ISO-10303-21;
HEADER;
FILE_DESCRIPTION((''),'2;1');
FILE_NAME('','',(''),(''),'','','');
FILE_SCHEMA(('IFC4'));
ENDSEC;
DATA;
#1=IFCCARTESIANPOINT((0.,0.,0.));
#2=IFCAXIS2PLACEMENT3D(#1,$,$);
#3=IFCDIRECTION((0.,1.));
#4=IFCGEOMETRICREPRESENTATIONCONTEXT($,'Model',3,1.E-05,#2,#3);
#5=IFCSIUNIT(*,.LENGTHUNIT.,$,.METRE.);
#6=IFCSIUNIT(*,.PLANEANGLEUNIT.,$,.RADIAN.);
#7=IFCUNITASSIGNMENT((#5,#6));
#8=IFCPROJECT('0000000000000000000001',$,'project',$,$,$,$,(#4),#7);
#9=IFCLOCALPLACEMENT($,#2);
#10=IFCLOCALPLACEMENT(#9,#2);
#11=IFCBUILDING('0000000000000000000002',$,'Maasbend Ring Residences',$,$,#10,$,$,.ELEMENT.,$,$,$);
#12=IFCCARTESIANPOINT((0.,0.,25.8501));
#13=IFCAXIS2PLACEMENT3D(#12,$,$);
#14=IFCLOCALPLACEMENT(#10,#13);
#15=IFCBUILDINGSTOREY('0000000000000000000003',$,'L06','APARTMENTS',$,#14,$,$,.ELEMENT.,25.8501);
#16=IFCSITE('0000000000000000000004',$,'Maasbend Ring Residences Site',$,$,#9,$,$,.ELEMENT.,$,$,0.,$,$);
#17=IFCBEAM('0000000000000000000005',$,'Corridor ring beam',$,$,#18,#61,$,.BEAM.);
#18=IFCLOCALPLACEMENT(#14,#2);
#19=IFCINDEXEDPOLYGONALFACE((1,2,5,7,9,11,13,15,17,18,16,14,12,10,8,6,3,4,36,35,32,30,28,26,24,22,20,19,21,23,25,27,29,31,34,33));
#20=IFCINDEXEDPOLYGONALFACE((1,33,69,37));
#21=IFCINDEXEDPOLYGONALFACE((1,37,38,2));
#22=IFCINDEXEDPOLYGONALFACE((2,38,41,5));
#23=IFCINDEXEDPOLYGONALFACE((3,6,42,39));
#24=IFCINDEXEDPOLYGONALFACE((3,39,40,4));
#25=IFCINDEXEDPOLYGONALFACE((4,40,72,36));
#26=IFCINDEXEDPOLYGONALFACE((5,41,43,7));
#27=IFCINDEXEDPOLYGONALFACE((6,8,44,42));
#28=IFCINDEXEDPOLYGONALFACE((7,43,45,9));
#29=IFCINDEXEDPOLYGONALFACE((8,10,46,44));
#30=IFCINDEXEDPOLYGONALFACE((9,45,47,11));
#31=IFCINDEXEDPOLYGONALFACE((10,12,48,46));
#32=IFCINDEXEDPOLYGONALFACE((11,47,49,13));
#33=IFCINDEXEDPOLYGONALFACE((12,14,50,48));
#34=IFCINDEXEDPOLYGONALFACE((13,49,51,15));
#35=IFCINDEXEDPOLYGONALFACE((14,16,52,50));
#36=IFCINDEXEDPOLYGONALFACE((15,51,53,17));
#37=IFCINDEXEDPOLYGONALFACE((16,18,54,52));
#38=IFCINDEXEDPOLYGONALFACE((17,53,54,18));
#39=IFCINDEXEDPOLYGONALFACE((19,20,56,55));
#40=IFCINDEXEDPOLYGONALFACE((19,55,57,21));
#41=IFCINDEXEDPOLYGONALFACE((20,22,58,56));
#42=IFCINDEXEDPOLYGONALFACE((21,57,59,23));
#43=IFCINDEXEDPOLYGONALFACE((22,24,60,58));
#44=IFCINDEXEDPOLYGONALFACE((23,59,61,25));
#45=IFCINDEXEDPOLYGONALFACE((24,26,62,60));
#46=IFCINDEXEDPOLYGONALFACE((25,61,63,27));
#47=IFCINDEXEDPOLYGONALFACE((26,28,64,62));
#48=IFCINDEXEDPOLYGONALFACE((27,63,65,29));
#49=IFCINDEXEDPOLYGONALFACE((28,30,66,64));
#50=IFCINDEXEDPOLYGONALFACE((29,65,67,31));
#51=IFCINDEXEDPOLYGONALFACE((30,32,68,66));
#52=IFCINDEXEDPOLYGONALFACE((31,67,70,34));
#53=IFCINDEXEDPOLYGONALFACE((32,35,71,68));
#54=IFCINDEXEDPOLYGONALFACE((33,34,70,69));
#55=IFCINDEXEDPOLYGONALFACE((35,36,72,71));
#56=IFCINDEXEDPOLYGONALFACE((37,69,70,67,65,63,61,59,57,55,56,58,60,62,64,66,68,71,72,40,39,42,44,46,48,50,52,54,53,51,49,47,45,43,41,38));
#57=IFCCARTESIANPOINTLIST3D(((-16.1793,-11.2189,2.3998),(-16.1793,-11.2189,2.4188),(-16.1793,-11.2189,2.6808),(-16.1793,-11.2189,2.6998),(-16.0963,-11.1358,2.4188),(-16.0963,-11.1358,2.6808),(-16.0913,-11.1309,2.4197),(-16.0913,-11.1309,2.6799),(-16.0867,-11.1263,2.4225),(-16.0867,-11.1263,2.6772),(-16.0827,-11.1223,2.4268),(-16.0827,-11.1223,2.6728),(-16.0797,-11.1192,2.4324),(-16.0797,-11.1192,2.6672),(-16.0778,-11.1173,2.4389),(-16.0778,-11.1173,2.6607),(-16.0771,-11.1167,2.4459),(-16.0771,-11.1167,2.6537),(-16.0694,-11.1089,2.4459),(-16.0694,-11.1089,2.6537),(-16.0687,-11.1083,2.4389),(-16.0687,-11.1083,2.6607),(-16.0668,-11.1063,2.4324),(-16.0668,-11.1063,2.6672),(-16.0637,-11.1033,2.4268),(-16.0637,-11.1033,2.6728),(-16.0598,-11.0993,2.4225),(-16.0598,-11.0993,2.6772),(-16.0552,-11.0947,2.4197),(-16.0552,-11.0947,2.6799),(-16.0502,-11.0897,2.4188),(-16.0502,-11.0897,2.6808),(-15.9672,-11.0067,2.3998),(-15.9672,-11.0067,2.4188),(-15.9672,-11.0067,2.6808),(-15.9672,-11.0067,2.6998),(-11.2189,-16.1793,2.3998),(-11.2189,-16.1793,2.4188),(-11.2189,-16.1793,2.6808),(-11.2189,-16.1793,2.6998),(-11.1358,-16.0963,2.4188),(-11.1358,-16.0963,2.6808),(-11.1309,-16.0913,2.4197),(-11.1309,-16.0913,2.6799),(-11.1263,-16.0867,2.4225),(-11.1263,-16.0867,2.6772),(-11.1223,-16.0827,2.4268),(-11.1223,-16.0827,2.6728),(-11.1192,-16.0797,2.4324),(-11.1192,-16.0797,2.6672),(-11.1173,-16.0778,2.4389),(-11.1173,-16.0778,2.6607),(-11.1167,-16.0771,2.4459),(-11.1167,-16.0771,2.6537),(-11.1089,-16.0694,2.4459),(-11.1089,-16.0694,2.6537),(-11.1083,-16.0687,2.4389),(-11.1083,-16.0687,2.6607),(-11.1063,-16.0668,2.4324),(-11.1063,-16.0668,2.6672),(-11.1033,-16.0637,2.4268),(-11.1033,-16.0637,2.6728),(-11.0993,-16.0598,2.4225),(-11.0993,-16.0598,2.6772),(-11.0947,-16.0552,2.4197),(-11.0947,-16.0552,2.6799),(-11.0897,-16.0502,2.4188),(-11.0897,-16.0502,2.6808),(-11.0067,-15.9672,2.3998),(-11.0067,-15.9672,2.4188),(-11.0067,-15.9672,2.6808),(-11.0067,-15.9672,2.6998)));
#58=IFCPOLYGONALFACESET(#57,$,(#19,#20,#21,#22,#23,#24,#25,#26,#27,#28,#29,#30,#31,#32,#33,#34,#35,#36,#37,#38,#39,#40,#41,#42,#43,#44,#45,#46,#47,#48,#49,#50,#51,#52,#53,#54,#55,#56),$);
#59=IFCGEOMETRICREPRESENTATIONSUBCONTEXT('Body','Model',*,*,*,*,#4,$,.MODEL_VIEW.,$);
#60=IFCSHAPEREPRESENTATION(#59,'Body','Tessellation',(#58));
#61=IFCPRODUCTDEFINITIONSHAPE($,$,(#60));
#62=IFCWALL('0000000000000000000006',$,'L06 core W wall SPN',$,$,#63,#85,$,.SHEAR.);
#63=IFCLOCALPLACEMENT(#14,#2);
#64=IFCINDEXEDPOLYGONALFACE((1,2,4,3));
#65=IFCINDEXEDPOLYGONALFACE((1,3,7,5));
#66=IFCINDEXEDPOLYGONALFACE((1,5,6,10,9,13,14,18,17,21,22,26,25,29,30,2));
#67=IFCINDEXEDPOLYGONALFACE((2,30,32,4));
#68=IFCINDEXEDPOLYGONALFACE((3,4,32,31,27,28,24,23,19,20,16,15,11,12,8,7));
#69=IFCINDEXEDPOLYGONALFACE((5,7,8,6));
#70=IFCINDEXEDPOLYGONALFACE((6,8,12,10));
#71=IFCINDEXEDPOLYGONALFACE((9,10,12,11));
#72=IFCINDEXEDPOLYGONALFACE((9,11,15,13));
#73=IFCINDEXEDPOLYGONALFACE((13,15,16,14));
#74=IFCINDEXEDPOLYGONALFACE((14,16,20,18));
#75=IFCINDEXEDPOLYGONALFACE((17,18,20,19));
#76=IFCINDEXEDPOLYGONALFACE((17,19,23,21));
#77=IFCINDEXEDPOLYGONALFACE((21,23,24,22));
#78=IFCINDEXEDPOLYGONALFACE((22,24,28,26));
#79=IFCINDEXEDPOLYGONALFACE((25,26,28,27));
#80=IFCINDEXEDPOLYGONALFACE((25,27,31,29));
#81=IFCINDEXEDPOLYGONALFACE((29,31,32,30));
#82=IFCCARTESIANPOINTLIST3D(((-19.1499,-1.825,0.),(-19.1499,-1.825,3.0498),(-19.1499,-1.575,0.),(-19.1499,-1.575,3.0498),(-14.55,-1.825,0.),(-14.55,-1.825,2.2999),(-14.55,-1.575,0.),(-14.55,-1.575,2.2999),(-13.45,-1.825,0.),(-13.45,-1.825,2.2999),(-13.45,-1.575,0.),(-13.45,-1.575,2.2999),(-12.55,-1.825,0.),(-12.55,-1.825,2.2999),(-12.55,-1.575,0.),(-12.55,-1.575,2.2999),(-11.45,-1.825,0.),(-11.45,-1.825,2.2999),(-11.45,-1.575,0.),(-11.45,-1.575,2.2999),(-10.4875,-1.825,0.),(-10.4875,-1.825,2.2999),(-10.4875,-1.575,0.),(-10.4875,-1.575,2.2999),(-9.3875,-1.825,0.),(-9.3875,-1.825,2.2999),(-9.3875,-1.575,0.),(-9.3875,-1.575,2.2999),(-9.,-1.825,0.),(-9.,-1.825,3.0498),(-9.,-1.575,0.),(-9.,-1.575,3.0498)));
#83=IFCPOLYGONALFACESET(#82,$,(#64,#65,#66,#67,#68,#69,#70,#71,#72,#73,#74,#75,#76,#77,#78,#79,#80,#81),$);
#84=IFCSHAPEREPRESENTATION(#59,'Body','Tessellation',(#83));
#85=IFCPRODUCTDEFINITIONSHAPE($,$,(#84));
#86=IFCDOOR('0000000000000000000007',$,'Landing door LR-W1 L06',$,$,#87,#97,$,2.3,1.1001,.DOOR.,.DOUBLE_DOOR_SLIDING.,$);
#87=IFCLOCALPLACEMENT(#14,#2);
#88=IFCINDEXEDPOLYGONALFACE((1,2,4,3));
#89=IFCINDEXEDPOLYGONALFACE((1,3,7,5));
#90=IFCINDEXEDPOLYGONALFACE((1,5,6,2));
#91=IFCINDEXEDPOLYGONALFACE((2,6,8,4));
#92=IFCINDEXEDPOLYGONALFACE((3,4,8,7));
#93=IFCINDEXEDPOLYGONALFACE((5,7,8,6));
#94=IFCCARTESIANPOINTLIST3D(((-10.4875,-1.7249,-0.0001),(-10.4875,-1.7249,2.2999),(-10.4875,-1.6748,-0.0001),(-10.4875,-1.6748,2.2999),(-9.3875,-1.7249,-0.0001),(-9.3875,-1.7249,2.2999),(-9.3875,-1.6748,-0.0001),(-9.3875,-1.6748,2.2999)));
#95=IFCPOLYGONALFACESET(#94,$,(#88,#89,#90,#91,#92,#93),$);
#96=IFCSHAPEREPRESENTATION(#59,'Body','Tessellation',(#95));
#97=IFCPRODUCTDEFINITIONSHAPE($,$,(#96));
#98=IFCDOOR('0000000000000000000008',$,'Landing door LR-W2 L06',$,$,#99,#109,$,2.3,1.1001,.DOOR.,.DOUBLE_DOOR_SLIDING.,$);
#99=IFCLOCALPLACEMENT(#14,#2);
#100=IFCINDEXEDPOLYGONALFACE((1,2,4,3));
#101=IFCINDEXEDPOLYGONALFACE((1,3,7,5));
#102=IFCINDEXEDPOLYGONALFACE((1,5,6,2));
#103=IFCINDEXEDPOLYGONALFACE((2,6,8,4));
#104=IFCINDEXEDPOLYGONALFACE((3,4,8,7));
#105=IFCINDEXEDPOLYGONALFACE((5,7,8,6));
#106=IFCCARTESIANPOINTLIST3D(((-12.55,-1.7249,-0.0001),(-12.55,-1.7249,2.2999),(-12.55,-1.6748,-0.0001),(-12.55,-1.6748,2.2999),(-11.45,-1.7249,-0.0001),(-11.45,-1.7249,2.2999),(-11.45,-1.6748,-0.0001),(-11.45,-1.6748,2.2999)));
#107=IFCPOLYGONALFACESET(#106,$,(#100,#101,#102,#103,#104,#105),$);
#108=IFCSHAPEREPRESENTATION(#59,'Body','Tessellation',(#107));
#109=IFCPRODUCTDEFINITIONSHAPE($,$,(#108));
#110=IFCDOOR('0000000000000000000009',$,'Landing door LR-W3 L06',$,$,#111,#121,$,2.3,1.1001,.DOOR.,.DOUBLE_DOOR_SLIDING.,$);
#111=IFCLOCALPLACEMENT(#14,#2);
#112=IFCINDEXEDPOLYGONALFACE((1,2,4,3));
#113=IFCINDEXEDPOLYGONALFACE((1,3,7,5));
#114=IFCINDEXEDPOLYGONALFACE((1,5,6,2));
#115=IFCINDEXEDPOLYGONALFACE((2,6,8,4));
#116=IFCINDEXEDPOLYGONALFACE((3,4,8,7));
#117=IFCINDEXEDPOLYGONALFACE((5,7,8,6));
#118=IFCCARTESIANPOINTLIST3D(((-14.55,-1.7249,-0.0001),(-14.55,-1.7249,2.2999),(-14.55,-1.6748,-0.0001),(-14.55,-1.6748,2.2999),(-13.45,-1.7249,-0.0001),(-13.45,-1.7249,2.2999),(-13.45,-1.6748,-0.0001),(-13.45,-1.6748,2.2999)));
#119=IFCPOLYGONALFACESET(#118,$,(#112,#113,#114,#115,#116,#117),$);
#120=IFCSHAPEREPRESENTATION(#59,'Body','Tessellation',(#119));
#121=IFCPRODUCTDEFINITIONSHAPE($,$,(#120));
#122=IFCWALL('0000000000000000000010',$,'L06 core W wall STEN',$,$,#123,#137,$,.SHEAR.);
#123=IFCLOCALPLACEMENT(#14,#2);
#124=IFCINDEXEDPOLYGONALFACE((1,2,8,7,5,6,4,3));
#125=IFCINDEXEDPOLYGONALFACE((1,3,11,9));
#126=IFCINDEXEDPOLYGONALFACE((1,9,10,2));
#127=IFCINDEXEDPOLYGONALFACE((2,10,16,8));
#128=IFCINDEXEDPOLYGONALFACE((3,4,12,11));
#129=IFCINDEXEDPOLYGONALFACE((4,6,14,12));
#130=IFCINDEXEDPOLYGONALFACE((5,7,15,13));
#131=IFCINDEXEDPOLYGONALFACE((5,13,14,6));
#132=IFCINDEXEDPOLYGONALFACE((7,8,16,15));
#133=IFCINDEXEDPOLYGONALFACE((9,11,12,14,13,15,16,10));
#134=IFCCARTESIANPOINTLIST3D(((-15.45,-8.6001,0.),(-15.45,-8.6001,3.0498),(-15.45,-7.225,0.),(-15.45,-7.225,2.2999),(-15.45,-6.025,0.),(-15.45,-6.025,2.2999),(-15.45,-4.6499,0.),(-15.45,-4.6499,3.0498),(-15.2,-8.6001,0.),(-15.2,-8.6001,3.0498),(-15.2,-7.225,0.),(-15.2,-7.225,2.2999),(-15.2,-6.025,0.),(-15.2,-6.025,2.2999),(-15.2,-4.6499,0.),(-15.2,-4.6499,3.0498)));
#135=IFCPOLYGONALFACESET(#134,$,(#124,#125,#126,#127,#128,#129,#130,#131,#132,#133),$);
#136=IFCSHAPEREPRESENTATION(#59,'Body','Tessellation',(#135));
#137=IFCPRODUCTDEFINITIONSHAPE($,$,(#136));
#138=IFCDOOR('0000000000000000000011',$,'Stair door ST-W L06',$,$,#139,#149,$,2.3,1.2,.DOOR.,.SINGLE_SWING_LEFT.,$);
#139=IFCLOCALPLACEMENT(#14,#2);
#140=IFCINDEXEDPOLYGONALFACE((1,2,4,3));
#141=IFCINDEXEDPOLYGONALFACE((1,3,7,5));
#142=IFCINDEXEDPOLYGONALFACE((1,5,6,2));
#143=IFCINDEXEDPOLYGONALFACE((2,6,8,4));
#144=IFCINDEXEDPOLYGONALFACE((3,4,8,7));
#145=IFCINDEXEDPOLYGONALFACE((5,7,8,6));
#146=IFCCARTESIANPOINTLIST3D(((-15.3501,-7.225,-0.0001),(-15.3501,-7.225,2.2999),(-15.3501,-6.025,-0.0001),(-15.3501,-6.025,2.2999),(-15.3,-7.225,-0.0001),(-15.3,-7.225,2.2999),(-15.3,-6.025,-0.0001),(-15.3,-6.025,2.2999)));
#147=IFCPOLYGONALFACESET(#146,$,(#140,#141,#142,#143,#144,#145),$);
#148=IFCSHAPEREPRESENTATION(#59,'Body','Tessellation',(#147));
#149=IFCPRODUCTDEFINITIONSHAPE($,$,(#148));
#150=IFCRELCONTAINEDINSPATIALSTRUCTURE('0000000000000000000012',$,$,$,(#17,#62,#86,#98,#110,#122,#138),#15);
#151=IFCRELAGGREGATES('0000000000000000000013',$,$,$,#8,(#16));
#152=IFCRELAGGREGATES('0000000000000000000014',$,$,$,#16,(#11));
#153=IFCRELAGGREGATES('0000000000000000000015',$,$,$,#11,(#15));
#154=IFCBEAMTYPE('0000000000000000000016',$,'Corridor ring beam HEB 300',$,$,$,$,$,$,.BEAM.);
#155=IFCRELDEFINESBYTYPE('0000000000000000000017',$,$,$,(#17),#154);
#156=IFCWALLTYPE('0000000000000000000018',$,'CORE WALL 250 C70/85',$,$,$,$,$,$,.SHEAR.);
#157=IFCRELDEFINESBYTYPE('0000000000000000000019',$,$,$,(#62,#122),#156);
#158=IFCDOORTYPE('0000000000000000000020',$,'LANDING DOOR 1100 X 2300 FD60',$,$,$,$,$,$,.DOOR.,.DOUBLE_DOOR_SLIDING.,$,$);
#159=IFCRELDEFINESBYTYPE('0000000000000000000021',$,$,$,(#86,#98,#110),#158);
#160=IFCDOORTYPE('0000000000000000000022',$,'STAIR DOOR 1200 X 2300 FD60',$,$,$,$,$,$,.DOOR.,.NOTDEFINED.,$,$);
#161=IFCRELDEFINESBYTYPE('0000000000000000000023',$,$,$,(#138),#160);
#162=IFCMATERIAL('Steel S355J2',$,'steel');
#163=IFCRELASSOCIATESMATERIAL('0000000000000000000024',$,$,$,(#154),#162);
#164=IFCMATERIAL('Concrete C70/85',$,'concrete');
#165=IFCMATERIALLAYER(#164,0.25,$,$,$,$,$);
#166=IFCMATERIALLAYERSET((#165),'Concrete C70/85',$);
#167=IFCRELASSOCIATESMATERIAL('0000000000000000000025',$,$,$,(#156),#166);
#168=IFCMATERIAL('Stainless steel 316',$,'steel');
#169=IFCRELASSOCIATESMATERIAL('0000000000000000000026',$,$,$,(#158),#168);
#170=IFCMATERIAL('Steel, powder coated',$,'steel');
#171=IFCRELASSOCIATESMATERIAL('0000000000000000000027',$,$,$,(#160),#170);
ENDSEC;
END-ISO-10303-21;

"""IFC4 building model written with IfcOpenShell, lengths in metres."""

from ifc_helpers import new_model, si_unit, direction, frame, frame_2d, origin, origin_2d, place, context, subcontext, project, spatial, rectangle, i_section, extrude, material, layer, layer_set, material_profile, profile_set, type_object, element, fill, save


model = new_model("IFC4")

# Units and contexts
model_context = context("Model", 3, precision=1e-05, world=origin(), true_north=direction((0.0, 1.0)))
body_context = subcontext(model_context, "Body", "Model", "MODEL_VIEW")
ifc_project = project(units=[si_unit("LENGTHUNIT", "METRE"), si_unit("PLANEANGLEUNIT", "RADIAN")], contexts=[model_context])

# Site, building, storey
site_placement = place(None, origin())
site = spatial("IfcSite", under=ifc_project, at=site_placement, Name="Maasbend Ring Residences Site", CompositionType="ELEMENT", RefElevation=0.0)
building_placement = place(site_placement, origin())
building = spatial("IfcBuilding", under=site, at=building_placement, Name="Maasbend Ring Residences", CompositionType="ELEMENT")
storey_placement = place(building_placement, frame((0.0, 0.0, 25.8501)))
storey = spatial("IfcBuildingStorey", under=building, at=storey_placement, Name="L06", Description="APARTMENTS", CompositionType="ELEMENT", Elevation=25.8501)

# Beam
ifc_material_1 = material(Name="Steel S355J2", Category="steel")
ifc_material_profile = material_profile(ifc_material_1, i_section(OverallWidth=0.3, OverallDepth=0.3, WebThickness=0.011, FlangeThickness=0.019, FilletRadius=0.0271, at=origin_2d()), Name="HEB 300")
ifc_profile_set = profile_set([ifc_material_profile], Name="Steel S355J2")
beam_type = type_object("IfcBeamType", Name="Corridor ring beam HEB 300", PredefinedType="BEAM", material=ifc_profile_set)
beam_placement = place(storey_placement, frame((-16.0732, -11.1128, 2.5498), z_axis=(0.707107, -0.707107, 0.0), x_axis=(0.707107, 0.707107, 0.0)))
element("IfcBeam", 1, at=beam_placement, inside=storey, type_object=beam_type, Name="Corridor ring beam", PredefinedType="BEAM", context=body_context, shape_type="SweptSolid", body=[
    extrude(i_section(OverallWidth=0.3, OverallDepth=0.3, WebThickness=0.011, FlangeThickness=0.019, FilletRadius=0.0271, at=origin_2d()), origin(), (0.0, 0.0, 1.0), 7.0151),
])

# Wall, openings, doors
ifc_material_2 = material(Name="Concrete C70/85", Category="concrete")
ifc_layer_1 = layer(ifc_material_2, 0.25)
ifc_layer_set_1 = layer_set([ifc_layer_1], Name="Concrete C70/85")
wall_type_1 = type_object("IfcWallType", Name="CORE WALL 250 C70/85", PredefinedType="SHEAR", material=ifc_layer_set_1)
wall_1_placement = place(storey_placement, frame((-9.0, -1.7, 0.0), z_axis=(0.0, 0.0, 1.0), x_axis=(-1.0, 0.0, 0.0)))
wall_1 = element("IfcWall", 2, at=wall_1_placement, inside=storey, type_object=wall_type_1, Name="L06 core W wall SPN", PredefinedType="SHEAR", context=body_context, shape_type="SweptSolid", body=[
    extrude(rectangle(XDim=10.1499, YDim=0.25, at=frame_2d((5.075, 0.0))), origin(), (0.0, 0.0, 1.0), 3.0498),
])
opening_1_placement = place(wall_1_placement, frame((0.3875, 0.0, 0.0)))
opening_1 = element("IfcOpeningElement", 3, at=opening_1_placement, cuts=wall_1, PredefinedType="OPENING", context=body_context, shape_type="SweptSolid", body=[
    extrude(rectangle(XDim=1.1001, YDim=2.3, at=frame_2d((0.55, 1.1499))), frame((0.0, 0.135, 0.0), z_axis=(0.0, -1.0, 0.0), x_axis=(1.0, 0.0, 0.0)), (0.0, 0.0, 1.0), 0.27),
])
opening_2_placement = place(wall_1_placement, frame((2.45, 0.0, 0.0)))
opening_2 = element("IfcOpeningElement", 4, at=opening_2_placement, cuts=wall_1, PredefinedType="OPENING", context=body_context, shape_type="SweptSolid", body=[
    extrude(rectangle(XDim=1.1001, YDim=2.3, at=frame_2d((0.55, 1.1499))), frame((0.0, 0.135, 0.0), z_axis=(0.0, -1.0, 0.0), x_axis=(1.0, 0.0, 0.0)), (0.0, 0.0, 1.0), 0.27),
])
opening_3_placement = place(wall_1_placement, frame((4.45, 0.0, 0.0)))
opening_3 = element("IfcOpeningElement", 5, at=opening_3_placement, cuts=wall_1, PredefinedType="OPENING", context=body_context, shape_type="SweptSolid", body=[
    extrude(rectangle(XDim=1.1001, YDim=2.3, at=frame_2d((0.55, 1.1499))), frame((0.0, 0.135, 0.0), z_axis=(0.0, -1.0, 0.0), x_axis=(1.0, 0.0, 0.0)), (0.0, 0.0, 1.0), 0.27),
])
ifc_material_3 = material(Name="Stainless steel 316", Category="steel")
door_type_1 = type_object("IfcDoorType", Name="LANDING DOOR 1100 X 2300 FD60", OperationType="DOUBLE_DOOR_SLIDING", PredefinedType="DOOR", material=ifc_material_3)
door_1_placement = place(opening_1_placement, origin())
door_1 = element("IfcDoor", 6, at=door_1_placement, inside=storey, type_object=door_type_1, Name="Landing door LR-W1 L06", OperationType="DOUBLE_DOOR_SLIDING", OverallHeight=2.3, OverallWidth=1.1001, PredefinedType="DOOR", context=body_context, shape_type="SweptSolid", body=[
    extrude(rectangle(XDim=1.1001, YDim=2.3, at=frame_2d((0.55, 1.1499))), frame((0.0, 0.0249, 0.0), z_axis=(0.0, -1.0, 0.0), x_axis=(1.0, 0.0, 0.0)), (0.0, 0.0, 1.0), 0.05),
])
fill(opening_1, door_1)
door_2_placement = place(opening_2_placement, origin())
door_2 = element("IfcDoor", 7, at=door_2_placement, inside=storey, type_object=door_type_1, Name="Landing door LR-W2 L06", OperationType="DOUBLE_DOOR_SLIDING", OverallHeight=2.3, OverallWidth=1.1001, PredefinedType="DOOR", context=body_context, shape_type="SweptSolid", body=[
    extrude(rectangle(XDim=1.1001, YDim=2.3, at=frame_2d((0.55, 1.1499))), frame((0.0, 0.0249, 0.0), z_axis=(0.0, -1.0, 0.0), x_axis=(1.0, 0.0, 0.0)), (0.0, 0.0, 1.0), 0.05),
])
fill(opening_2, door_2)
door_3_placement = place(opening_3_placement, origin())
door_3 = element("IfcDoor", 8, at=door_3_placement, inside=storey, type_object=door_type_1, Name="Landing door LR-W3 L06", OperationType="DOUBLE_DOOR_SLIDING", OverallHeight=2.3, OverallWidth=1.1001, PredefinedType="DOOR", context=body_context, shape_type="SweptSolid", body=[
    extrude(rectangle(XDim=1.1001, YDim=2.3, at=frame_2d((0.55, 1.1499))), frame((0.0, 0.0249, 0.0), z_axis=(0.0, -1.0, 0.0), x_axis=(1.0, 0.0, 0.0)), (0.0, 0.0, 1.0), 0.05),
])
fill(opening_3, door_3)

# Wall, opening, door
wall_2_placement = place(storey_placement, frame((-15.325, -4.6499, 0.0), z_axis=(0.0, 0.0, 1.0), x_axis=(0.0, -1.0, 0.0)))
wall_2 = element("IfcWall", 9, at=wall_2_placement, inside=storey, type_object=wall_type_1, Name="L06 core W wall STEN", PredefinedType="SHEAR", context=body_context, shape_type="SweptSolid", body=[
    extrude(rectangle(XDim=3.9502, YDim=0.25, at=frame_2d((1.9751, 0.0))), origin(), (0.0, 0.0, 1.0), 3.0498),
])
opening_4_placement = place(wall_2_placement, frame((1.375, 0.0, 0.0)))
opening_4 = element("IfcOpeningElement", 10, at=opening_4_placement, cuts=wall_2, PredefinedType="OPENING", context=body_context, shape_type="SweptSolid", body=[
    extrude(rectangle(XDim=1.2, YDim=2.3, at=frame_2d((0.6001, 1.1499))), frame((0.0, 0.135, 0.0), z_axis=(0.0, -1.0, 0.0), x_axis=(1.0, 0.0, 0.0)), (0.0, 0.0, 1.0), 0.27),
])
ifc_material_4 = material(Name="Steel, powder coated", Category="steel")
door_type_2 = type_object("IfcDoorType", Name="STAIR DOOR 1200 X 2300 FD60", OperationType="NOTDEFINED", PredefinedType="DOOR", material=ifc_material_4)
door_4_placement = place(opening_4_placement, origin())
door_4 = element("IfcDoor", 11, at=door_4_placement, inside=storey, type_object=door_type_2, Name="Stair door ST-W L06", OperationType="SINGLE_SWING_LEFT", OverallHeight=2.3, OverallWidth=1.2, PredefinedType="DOOR", context=body_context, shape_type="SweptSolid", body=[
    extrude(rectangle(XDim=1.2, YDim=2.3, at=frame_2d((0.6001, 1.1499))), frame((0.0, 0.0249, 0.0), z_axis=(0.0, -1.0, 0.0), x_axis=(1.0, 0.0, 0.0)), (0.0, 0.0, 1.0), 0.05),
])
fill(opening_4, door_4)

save(model, "model.ifc")
